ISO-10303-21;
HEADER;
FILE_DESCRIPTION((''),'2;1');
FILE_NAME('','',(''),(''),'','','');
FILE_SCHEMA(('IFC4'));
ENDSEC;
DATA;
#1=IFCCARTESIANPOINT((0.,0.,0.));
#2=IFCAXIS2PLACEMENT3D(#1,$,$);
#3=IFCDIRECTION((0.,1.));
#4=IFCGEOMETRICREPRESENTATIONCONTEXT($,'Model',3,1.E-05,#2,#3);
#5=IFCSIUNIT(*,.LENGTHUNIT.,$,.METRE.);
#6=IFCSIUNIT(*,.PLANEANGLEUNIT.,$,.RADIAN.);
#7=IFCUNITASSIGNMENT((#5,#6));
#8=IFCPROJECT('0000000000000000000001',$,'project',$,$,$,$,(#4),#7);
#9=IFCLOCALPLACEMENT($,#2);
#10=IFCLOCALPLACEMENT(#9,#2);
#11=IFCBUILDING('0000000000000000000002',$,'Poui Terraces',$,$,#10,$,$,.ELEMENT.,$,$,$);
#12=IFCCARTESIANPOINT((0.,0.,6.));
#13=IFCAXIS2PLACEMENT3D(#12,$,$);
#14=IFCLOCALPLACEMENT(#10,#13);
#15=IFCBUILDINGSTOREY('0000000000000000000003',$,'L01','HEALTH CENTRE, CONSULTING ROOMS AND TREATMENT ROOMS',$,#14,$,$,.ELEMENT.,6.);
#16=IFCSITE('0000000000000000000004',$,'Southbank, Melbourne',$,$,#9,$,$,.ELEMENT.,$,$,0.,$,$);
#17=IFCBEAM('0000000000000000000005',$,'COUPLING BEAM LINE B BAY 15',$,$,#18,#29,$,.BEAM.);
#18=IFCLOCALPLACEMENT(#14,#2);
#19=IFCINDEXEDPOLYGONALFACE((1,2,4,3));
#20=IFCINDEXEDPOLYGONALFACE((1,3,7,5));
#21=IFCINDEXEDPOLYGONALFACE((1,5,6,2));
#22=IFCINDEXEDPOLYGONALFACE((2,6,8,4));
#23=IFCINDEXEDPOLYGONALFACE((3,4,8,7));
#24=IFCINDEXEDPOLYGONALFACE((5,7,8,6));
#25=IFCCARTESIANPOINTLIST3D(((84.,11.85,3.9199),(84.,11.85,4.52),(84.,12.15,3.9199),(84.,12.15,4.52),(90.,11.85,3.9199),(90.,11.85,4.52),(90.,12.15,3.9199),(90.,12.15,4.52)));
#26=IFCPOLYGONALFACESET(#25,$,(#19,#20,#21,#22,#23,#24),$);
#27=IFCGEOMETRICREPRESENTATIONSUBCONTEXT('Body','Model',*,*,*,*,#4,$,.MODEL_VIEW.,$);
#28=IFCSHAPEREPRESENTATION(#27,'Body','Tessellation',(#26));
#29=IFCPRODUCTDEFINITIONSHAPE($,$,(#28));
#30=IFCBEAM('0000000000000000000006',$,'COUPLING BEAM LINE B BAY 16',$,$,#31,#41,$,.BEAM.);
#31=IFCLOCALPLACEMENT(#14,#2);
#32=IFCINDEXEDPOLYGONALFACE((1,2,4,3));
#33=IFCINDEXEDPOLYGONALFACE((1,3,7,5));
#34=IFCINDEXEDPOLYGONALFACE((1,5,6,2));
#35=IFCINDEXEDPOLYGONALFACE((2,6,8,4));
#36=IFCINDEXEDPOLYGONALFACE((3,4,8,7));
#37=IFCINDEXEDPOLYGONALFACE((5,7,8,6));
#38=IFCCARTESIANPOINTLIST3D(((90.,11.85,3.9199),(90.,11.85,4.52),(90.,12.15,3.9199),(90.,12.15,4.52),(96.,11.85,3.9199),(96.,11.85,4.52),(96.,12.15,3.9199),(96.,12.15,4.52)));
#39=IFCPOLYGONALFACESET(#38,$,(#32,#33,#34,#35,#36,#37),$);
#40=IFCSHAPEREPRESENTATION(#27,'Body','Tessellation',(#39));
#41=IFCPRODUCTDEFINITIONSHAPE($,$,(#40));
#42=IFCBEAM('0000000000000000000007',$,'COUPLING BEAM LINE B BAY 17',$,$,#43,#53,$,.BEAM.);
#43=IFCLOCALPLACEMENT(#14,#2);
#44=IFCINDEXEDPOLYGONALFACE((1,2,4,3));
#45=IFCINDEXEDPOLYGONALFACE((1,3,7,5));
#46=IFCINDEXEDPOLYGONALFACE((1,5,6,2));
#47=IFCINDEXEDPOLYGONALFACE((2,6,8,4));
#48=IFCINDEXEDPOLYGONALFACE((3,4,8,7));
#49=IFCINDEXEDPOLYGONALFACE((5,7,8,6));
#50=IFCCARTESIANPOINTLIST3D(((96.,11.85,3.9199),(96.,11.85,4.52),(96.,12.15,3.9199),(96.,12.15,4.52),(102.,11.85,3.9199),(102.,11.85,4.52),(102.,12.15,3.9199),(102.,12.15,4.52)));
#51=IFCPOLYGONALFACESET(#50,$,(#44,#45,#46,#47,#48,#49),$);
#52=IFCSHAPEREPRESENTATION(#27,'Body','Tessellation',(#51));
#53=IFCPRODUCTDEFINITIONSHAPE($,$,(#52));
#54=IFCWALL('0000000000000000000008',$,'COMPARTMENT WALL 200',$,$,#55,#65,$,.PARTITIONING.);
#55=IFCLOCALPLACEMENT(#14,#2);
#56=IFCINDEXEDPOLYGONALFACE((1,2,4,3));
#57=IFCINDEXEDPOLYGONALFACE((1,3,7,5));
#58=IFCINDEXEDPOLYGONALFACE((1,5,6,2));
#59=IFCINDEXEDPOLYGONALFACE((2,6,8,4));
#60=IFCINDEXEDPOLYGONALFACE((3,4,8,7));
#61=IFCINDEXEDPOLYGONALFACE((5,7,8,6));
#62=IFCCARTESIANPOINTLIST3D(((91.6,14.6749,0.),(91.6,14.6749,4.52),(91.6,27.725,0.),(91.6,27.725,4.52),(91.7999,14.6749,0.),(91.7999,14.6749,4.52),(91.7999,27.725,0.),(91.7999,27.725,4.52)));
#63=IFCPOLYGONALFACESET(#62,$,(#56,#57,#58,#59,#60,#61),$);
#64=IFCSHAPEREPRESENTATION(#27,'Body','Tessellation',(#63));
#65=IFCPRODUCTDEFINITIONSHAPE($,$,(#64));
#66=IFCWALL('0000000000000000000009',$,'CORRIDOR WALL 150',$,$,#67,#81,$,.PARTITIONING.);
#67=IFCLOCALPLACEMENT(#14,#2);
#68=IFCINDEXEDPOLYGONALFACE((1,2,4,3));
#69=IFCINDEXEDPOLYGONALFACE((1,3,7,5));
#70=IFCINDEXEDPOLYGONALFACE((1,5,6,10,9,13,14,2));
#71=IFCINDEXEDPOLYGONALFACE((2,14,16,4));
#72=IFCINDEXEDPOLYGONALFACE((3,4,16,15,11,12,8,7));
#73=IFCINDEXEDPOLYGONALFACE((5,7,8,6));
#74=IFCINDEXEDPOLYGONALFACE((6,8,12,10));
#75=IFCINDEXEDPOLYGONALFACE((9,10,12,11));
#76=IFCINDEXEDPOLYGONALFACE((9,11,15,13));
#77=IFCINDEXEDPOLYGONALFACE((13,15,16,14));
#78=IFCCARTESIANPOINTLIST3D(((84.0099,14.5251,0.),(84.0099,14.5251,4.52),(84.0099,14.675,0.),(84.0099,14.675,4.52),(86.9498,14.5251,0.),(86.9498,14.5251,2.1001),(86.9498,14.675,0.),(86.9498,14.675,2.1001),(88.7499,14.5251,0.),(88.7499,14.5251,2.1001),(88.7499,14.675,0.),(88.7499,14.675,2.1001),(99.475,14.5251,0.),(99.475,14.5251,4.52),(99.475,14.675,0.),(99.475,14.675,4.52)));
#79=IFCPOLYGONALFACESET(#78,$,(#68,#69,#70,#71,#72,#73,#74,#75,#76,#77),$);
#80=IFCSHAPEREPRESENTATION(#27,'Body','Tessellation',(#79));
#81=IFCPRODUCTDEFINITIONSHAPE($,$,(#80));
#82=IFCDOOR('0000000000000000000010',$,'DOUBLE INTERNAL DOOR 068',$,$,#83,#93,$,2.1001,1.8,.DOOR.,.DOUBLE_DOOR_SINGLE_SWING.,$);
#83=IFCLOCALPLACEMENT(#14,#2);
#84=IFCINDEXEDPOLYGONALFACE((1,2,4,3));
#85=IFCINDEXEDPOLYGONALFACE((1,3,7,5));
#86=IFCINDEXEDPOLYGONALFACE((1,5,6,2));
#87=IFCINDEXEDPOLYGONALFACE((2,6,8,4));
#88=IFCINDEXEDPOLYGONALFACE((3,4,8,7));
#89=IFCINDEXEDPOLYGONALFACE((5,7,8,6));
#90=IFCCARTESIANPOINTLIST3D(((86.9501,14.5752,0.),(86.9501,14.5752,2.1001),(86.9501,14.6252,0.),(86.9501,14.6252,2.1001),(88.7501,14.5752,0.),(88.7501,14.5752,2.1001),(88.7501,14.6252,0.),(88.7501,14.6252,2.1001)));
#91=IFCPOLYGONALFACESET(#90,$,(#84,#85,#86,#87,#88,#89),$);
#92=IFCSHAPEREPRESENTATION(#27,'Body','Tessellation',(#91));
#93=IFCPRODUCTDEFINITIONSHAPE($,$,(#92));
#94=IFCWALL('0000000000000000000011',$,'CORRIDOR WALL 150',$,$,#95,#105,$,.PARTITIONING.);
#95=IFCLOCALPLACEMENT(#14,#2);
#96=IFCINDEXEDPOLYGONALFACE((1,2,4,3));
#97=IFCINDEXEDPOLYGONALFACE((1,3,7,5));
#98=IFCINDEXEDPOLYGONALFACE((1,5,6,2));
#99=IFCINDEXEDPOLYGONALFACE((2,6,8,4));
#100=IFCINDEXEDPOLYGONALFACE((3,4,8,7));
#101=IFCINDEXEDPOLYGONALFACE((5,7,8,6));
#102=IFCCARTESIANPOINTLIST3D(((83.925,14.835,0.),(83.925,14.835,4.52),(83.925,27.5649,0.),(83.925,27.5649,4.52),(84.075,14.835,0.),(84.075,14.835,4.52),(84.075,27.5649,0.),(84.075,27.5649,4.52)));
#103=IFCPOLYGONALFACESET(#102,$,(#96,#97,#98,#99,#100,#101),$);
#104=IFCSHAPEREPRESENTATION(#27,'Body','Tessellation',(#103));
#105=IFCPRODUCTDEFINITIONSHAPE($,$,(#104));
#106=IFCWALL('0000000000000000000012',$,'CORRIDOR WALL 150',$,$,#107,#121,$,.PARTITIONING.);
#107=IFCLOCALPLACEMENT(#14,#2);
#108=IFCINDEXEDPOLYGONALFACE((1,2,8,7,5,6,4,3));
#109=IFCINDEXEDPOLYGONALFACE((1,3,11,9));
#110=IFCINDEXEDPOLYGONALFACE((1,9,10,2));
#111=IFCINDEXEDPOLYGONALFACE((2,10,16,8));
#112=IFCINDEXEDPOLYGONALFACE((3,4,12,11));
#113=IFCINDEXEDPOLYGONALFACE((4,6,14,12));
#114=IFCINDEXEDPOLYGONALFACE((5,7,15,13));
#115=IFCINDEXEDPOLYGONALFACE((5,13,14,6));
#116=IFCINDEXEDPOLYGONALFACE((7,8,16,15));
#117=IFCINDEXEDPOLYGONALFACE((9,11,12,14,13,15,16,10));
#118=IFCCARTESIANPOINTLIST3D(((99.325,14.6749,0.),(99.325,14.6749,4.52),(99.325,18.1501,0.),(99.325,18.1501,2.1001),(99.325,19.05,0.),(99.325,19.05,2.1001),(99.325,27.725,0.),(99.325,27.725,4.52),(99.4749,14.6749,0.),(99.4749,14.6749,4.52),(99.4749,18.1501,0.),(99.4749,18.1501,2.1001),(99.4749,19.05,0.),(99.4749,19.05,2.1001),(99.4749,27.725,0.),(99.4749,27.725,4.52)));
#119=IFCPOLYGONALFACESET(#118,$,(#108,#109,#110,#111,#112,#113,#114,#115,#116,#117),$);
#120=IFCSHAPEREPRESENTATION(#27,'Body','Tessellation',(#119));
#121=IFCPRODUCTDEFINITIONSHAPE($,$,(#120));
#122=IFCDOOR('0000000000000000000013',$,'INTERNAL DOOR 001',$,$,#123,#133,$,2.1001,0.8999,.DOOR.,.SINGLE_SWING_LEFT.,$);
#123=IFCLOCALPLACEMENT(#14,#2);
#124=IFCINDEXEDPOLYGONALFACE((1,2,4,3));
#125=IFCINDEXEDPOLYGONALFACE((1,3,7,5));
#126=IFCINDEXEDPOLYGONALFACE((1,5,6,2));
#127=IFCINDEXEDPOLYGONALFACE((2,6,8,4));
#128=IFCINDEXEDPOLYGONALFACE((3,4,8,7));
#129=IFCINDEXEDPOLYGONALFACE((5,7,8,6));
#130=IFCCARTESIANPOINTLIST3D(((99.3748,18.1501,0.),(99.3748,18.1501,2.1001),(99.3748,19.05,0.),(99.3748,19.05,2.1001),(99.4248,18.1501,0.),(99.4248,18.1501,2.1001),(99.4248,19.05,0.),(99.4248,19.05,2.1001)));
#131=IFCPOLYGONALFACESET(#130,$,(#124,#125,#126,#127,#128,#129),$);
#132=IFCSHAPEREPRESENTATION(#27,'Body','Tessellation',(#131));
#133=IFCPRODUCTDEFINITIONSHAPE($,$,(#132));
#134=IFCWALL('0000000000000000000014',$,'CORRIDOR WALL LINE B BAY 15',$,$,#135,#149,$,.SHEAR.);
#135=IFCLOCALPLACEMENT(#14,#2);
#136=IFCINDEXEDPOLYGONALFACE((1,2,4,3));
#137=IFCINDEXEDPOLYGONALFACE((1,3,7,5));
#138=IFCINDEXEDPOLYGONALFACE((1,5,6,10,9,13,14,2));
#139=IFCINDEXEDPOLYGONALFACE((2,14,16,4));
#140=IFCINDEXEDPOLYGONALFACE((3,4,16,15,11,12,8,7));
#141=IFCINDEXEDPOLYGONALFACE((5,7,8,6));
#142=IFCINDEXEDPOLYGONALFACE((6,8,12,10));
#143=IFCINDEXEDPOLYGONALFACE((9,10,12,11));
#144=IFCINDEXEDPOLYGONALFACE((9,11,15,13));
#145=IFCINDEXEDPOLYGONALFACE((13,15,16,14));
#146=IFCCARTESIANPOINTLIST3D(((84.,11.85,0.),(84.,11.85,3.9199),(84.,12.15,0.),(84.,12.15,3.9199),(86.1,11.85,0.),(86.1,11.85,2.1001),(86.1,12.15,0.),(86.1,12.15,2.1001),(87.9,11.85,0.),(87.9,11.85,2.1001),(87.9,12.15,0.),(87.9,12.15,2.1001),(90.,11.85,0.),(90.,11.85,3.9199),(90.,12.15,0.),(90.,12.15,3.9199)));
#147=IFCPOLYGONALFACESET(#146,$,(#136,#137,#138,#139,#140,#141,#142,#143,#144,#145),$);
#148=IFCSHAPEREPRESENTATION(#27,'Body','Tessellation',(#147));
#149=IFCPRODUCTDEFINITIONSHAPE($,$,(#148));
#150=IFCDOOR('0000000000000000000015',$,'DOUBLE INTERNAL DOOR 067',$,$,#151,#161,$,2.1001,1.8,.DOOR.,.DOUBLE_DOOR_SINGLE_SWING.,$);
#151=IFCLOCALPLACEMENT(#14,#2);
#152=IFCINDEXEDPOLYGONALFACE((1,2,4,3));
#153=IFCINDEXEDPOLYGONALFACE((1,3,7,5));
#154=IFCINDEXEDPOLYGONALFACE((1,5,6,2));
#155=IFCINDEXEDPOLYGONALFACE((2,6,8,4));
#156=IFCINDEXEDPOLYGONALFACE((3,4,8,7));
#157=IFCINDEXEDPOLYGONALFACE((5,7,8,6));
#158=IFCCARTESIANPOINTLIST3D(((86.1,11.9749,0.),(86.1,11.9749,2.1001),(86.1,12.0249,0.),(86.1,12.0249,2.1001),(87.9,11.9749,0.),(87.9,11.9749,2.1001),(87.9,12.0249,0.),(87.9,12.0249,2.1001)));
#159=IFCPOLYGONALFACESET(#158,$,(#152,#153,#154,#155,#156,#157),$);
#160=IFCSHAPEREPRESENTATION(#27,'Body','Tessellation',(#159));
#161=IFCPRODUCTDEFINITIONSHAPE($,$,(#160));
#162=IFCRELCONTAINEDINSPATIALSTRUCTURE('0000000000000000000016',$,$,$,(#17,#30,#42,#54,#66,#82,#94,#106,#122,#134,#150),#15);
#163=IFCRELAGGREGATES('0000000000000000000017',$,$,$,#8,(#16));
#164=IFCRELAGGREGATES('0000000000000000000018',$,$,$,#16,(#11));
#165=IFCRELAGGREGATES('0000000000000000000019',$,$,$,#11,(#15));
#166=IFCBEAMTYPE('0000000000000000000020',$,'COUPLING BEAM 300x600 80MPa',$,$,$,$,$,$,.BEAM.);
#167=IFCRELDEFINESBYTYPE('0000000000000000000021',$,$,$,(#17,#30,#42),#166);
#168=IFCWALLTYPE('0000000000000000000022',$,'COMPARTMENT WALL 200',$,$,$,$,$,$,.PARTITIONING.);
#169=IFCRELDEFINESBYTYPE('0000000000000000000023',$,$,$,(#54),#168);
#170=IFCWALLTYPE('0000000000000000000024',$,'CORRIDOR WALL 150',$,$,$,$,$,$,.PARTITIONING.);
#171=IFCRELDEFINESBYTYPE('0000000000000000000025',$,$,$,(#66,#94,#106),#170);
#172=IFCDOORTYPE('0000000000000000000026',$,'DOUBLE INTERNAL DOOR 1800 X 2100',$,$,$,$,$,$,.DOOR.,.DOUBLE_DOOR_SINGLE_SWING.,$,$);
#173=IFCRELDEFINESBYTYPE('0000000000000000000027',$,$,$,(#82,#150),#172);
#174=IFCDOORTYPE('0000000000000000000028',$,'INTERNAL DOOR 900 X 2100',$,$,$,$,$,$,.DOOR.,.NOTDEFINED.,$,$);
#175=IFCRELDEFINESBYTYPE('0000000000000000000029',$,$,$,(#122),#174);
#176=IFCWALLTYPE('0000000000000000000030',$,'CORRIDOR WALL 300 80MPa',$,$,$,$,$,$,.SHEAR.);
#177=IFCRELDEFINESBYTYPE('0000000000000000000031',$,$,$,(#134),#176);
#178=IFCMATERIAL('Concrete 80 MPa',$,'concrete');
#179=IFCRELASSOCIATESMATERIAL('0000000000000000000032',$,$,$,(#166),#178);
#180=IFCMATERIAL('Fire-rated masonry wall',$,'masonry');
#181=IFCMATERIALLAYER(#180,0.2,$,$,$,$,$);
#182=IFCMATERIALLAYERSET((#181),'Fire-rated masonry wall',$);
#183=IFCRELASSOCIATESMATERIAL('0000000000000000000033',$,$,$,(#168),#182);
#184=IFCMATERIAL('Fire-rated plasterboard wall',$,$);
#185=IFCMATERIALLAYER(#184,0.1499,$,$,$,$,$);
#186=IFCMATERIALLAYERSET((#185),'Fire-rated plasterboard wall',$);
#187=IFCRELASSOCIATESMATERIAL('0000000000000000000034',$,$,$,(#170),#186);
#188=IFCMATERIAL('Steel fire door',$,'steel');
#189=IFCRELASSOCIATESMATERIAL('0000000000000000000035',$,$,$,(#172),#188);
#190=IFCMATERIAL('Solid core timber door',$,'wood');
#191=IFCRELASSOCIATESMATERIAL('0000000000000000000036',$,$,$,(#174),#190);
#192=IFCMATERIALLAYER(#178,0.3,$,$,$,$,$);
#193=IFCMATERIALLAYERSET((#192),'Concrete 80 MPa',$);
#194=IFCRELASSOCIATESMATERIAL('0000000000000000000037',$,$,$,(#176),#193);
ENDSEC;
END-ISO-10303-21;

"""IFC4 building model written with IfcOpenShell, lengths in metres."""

from ifc_helpers import new_model, si_unit, direction, frame, frame_2d, origin, origin_2d, place, context, subcontext, project, spatial, rectangle, extrude, source, transform, mapped, material, layer, layer_set, material_profile, profile_set, type_object, element, fill, save


model = new_model("IFC4")

# Units and contexts
model_context = context("Model", 3, precision=1e-05, world=origin(), true_north=direction((0.0, 1.0)))
body_context = subcontext(model_context, "Body", "Model", "MODEL_VIEW")
ifc_project = project(units=[si_unit("LENGTHUNIT", "METRE"), si_unit("PLANEANGLEUNIT", "RADIAN")], contexts=[model_context])

# Site, building, storey
site_placement = place(None, origin())
site = spatial("IfcSite", under=ifc_project, at=site_placement, Name="Southbank, Melbourne", CompositionType="ELEMENT", RefElevation=0.0)
building_placement = place(site_placement, origin())
building = spatial("IfcBuilding", under=site, at=building_placement, Name="Poui Terraces", CompositionType="ELEMENT")
storey_placement = place(building_placement, frame((0.0, 0.0, 6.0)))
storey = spatial("IfcBuildingStorey", under=building, at=storey_placement, Name="L01", Description="HEALTH CENTRE, CONSULTING ROOMS AND TREATMENT ROOMS", CompositionType="ELEMENT", Elevation=6.0)

# Beams
ifc_material_1 = material(Name="Concrete 80 MPa", Category="concrete")
ifc_material_profile = material_profile(ifc_material_1, rectangle(XDim=0.3, YDim=0.6001, at=origin_2d()), Name="RC 300x600")
ifc_profile_set = profile_set([ifc_material_profile], Name="Concrete 80 MPa")
beam_type = type_object("IfcBeamType", Name="COUPLING BEAM 300x600 80MPa", PredefinedType="BEAM", material=ifc_profile_set)
shared_shape = source(origin(), body_context, "Body", "SweptSolid", [
    extrude(rectangle(XDim=0.3, YDim=0.6001, at=origin_2d()), origin(), (0.0, 0.0, 1.0), 6.0),
])
for number, where, z_axis, x_axis, name in (
    (1, (84.0, 12.0, 4.22), (1.0, 0.0, 0.0), (0.0, 1.0, 0.0), "COUPLING BEAM LINE B BAY 15"),
    (2, (90.0, 12.0, 4.22), (1.0, 0.0, 0.0), (0.0, 1.0, 0.0), "COUPLING BEAM LINE B BAY 16"),
    (3, (96.0, 12.0, 4.22), (1.0, 0.0, 0.0), (0.0, 1.0, 0.0), "COUPLING BEAM LINE B BAY 17"),
):
    element("IfcBeam", number, at=place(storey_placement, frame(where, z_axis=z_axis, x_axis=x_axis)), inside=storey, type_object=beam_type, Name=name, PredefinedType="BEAM", context=body_context, shape_type="MappedRepresentation", body=[
        mapped(shared_shape, transform((0.0, 0.0, 0.0))),
    ])

# Wall
ifc_material_2 = material(Name="Fire-rated masonry wall", Category="masonry")
ifc_layer_1 = layer(ifc_material_2, 0.2)
ifc_layer_set_1 = layer_set([ifc_layer_1], Name="Fire-rated masonry wall")
wall_type_1 = type_object("IfcWallType", Name="COMPARTMENT WALL 200", PredefinedType="PARTITIONING", material=ifc_layer_set_1)
wall_1_placement = place(storey_placement, frame((91.7, 14.675, 0.0), z_axis=(0.0, 0.0, 1.0), x_axis=(0.0, 1.0, 0.0)))
element("IfcWall", 4, at=wall_1_placement, inside=storey, type_object=wall_type_1, Name="COMPARTMENT WALL 200", PredefinedType="PARTITIONING", context=body_context, shape_type="SweptSolid", body=[
    extrude(rectangle(XDim=13.05, YDim=0.2, at=frame_2d((6.5249, 0.0))), origin(), (0.0, 0.0, 1.0), 4.52),
])

# Wall, opening, door
ifc_material_3 = material(Name="Fire-rated plasterboard wall")
ifc_layer_2 = layer(ifc_material_3, 0.1499)
ifc_layer_set_2 = layer_set([ifc_layer_2], Name="Fire-rated plasterboard wall")
wall_type_2 = type_object("IfcWallType", Name="CORRIDOR WALL 150", PredefinedType="PARTITIONING", material=ifc_layer_set_2)
wall_2_placement = place(storey_placement, frame((84.01, 14.6001, 0.0), z_axis=(0.0, 0.0, 1.0), x_axis=(1.0, 0.0, 0.0)))
wall_2 = element("IfcWall", 5, at=wall_2_placement, inside=storey, type_object=wall_type_2, Name="CORRIDOR WALL 150", PredefinedType="PARTITIONING", context=body_context, shape_type="SweptSolid", body=[
    extrude(rectangle(XDim=15.4651, YDim=0.1499, at=frame_2d((7.7324, 0.0))), origin(), (0.0, 0.0, 1.0), 4.52),
])
opening_1_placement = place(wall_2_placement, frame((2.9399, 0.0, 0.0)))
opening_1 = element("IfcOpeningElement", 6, at=opening_1_placement, cuts=wall_2, PredefinedType="OPENING", context=body_context, shape_type="SweptSolid", body=[
    extrude(rectangle(XDim=1.8, YDim=2.1001, at=frame_2d((0.8999, 1.05))), frame((0.0, 0.085, 0.0), z_axis=(0.0, -1.0, 0.0), x_axis=(1.0, 0.0, 0.0)), (0.0, 0.0, 1.0), 0.1699),
])
ifc_material_4 = material(Name="Steel fire door", Category="steel")
door_type_1 = type_object("IfcDoorType", Name="DOUBLE INTERNAL DOOR 1800 X 2100", OperationType="DOUBLE_DOOR_SINGLE_SWING", PredefinedType="DOOR", material=ifc_material_4)
door_1_placement = place(opening_1_placement, frame((1.8, 0.0, 0.0), z_axis=(0.0, 0.0, 1.0), x_axis=(-1.0, 0.0, 0.0)))
door_1 = element("IfcDoor", 7, at=door_1_placement, inside=storey, type_object=door_type_1, Name="DOUBLE INTERNAL DOOR 068", OperationType="DOUBLE_DOOR_SINGLE_SWING", OverallHeight=2.1001, OverallWidth=1.8, PredefinedType="DOOR", context=body_context, shape_type="SweptSolid", body=[
    extrude(rectangle(XDim=1.8, YDim=2.1001, at=frame_2d((0.8999, 1.05))), frame((0.0, 0.0249, 0.0), z_axis=(0.0, -1.0, 0.0), x_axis=(1.0, 0.0, 0.0)), (0.0, 0.0, 1.0), 0.05),
])
fill(opening_1, door_1)

# Wall
wall_3_placement = place(storey_placement, frame((84.0, 14.835, 0.0), z_axis=(0.0, 0.0, 1.0), x_axis=(0.0, 1.0, 0.0)))
element("IfcWall", 8, at=wall_3_placement, inside=storey, type_object=wall_type_2, Name="CORRIDOR WALL 150", PredefinedType="PARTITIONING", context=body_context, shape_type="SweptSolid", body=[
    extrude(rectangle(XDim=12.73, YDim=0.1499, at=frame_2d((6.365, 0.0))), origin(), (0.0, 0.0, 1.0), 4.52),
])

# Walls, openings, doors
wall_4_placement = place(storey_placement, frame((99.3999, 14.675, 0.0), z_axis=(0.0, 0.0, 1.0), x_axis=(0.0, 1.0, 0.0)))
wall_4 = element("IfcWall", 9, at=wall_4_placement, inside=storey, type_object=wall_type_2, Name="CORRIDOR WALL 150", PredefinedType="PARTITIONING", context=body_context, shape_type="SweptSolid", body=[
    extrude(rectangle(XDim=13.05, YDim=0.1499, at=frame_2d((6.5249, 0.0))), origin(), (0.0, 0.0, 1.0), 4.52),
])
opening_2_placement = place(wall_4_placement, frame((3.4751, 0.0, 0.0)))
opening_2 = element("IfcOpeningElement", 10, at=opening_2_placement, cuts=wall_4, PredefinedType="OPENING", context=body_context, shape_type="SweptSolid", body=[
    extrude(rectangle(XDim=0.8999, YDim=2.1001, at=frame_2d((0.45, 1.05))), frame((0.0, 0.085, 0.0), z_axis=(0.0, -1.0, 0.0), x_axis=(1.0, 0.0, 0.0)), (0.0, 0.0, 1.0), 0.1699),
])
ifc_material_5 = material(Name="Solid core timber door", Category="wood")
door_type_2 = type_object("IfcDoorType", Name="INTERNAL DOOR 900 X 2100", OperationType="NOTDEFINED", PredefinedType="DOOR", material=ifc_material_5)
door_2_placement = place(opening_2_placement, frame((0.8999, 0.0, 0.0), z_axis=(0.0, 0.0, 1.0), x_axis=(-1.0, 0.0, 0.0)))
door_2 = element("IfcDoor", 11, at=door_2_placement, inside=storey, type_object=door_type_2, Name="INTERNAL DOOR 001", OperationType="SINGLE_SWING_LEFT", OverallHeight=2.1001, OverallWidth=0.8999, PredefinedType="DOOR", context=body_context, shape_type="SweptSolid", body=[
    extrude(rectangle(XDim=0.8999, YDim=2.1001, at=frame_2d((0.45, 1.05))), frame((0.0, 0.0249, 0.0), z_axis=(0.0, -1.0, 0.0), x_axis=(1.0, 0.0, 0.0)), (0.0, 0.0, 1.0), 0.05),
])
fill(opening_2, door_2)
ifc_layer_3 = layer(ifc_material_1, 0.3)
ifc_layer_set_3 = layer_set([ifc_layer_3], Name="Concrete 80 MPa")
wall_type_3 = type_object("IfcWallType", Name="CORRIDOR WALL 300 80MPa", PredefinedType="SHEAR", material=ifc_layer_set_3)
wall_5_placement = place(storey_placement, frame((84.0, 12.0, 0.0), z_axis=(0.0, 0.0, 1.0), x_axis=(1.0, 0.0, 0.0)))
wall_5 = element("IfcWall", 12, at=wall_5_placement, inside=storey, type_object=wall_type_3, Name="CORRIDOR WALL LINE B BAY 15", PredefinedType="SHEAR", context=body_context, shape_type="SweptSolid", body=[
    extrude(rectangle(XDim=6.0, YDim=0.3, at=frame_2d((3.0, 0.0))), origin(), (0.0, 0.0, 1.0), 3.9199),
])
opening_3_placement = place(wall_5_placement, frame((2.1001, 0.0, 0.0)))
opening_3 = element("IfcOpeningElement", 13, at=opening_3_placement, cuts=wall_5, PredefinedType="OPENING", context=body_context, shape_type="SweptSolid", body=[
    extrude(rectangle(XDim=1.8, YDim=2.1001, at=frame_2d((0.8999, 1.05))), frame((0.0, 0.1602, 0.0), z_axis=(0.0, -1.0, 0.0), x_axis=(1.0, 0.0, 0.0)), (0.0, 0.0, 1.0), 0.3201),
])
door_3_placement = place(opening_3_placement, origin())
door_3 = element("IfcDoor", 14, at=door_3_placement, inside=storey, type_object=door_type_1, Name="DOUBLE INTERNAL DOOR 067", OperationType="DOUBLE_DOOR_SINGLE_SWING", OverallHeight=2.1001, OverallWidth=1.8, PredefinedType="DOOR", context=body_context, shape_type="SweptSolid", body=[
    extrude(rectangle(XDim=1.8, YDim=2.1001, at=frame_2d((0.8999, 1.05))), frame((0.0, 0.0249, 0.0), z_axis=(0.0, -1.0, 0.0), x_axis=(1.0, 0.0, 0.0)), (0.0, 0.0, 1.0), 0.05),
])
fill(opening_3, door_3)

save(model, "model.ifc")
